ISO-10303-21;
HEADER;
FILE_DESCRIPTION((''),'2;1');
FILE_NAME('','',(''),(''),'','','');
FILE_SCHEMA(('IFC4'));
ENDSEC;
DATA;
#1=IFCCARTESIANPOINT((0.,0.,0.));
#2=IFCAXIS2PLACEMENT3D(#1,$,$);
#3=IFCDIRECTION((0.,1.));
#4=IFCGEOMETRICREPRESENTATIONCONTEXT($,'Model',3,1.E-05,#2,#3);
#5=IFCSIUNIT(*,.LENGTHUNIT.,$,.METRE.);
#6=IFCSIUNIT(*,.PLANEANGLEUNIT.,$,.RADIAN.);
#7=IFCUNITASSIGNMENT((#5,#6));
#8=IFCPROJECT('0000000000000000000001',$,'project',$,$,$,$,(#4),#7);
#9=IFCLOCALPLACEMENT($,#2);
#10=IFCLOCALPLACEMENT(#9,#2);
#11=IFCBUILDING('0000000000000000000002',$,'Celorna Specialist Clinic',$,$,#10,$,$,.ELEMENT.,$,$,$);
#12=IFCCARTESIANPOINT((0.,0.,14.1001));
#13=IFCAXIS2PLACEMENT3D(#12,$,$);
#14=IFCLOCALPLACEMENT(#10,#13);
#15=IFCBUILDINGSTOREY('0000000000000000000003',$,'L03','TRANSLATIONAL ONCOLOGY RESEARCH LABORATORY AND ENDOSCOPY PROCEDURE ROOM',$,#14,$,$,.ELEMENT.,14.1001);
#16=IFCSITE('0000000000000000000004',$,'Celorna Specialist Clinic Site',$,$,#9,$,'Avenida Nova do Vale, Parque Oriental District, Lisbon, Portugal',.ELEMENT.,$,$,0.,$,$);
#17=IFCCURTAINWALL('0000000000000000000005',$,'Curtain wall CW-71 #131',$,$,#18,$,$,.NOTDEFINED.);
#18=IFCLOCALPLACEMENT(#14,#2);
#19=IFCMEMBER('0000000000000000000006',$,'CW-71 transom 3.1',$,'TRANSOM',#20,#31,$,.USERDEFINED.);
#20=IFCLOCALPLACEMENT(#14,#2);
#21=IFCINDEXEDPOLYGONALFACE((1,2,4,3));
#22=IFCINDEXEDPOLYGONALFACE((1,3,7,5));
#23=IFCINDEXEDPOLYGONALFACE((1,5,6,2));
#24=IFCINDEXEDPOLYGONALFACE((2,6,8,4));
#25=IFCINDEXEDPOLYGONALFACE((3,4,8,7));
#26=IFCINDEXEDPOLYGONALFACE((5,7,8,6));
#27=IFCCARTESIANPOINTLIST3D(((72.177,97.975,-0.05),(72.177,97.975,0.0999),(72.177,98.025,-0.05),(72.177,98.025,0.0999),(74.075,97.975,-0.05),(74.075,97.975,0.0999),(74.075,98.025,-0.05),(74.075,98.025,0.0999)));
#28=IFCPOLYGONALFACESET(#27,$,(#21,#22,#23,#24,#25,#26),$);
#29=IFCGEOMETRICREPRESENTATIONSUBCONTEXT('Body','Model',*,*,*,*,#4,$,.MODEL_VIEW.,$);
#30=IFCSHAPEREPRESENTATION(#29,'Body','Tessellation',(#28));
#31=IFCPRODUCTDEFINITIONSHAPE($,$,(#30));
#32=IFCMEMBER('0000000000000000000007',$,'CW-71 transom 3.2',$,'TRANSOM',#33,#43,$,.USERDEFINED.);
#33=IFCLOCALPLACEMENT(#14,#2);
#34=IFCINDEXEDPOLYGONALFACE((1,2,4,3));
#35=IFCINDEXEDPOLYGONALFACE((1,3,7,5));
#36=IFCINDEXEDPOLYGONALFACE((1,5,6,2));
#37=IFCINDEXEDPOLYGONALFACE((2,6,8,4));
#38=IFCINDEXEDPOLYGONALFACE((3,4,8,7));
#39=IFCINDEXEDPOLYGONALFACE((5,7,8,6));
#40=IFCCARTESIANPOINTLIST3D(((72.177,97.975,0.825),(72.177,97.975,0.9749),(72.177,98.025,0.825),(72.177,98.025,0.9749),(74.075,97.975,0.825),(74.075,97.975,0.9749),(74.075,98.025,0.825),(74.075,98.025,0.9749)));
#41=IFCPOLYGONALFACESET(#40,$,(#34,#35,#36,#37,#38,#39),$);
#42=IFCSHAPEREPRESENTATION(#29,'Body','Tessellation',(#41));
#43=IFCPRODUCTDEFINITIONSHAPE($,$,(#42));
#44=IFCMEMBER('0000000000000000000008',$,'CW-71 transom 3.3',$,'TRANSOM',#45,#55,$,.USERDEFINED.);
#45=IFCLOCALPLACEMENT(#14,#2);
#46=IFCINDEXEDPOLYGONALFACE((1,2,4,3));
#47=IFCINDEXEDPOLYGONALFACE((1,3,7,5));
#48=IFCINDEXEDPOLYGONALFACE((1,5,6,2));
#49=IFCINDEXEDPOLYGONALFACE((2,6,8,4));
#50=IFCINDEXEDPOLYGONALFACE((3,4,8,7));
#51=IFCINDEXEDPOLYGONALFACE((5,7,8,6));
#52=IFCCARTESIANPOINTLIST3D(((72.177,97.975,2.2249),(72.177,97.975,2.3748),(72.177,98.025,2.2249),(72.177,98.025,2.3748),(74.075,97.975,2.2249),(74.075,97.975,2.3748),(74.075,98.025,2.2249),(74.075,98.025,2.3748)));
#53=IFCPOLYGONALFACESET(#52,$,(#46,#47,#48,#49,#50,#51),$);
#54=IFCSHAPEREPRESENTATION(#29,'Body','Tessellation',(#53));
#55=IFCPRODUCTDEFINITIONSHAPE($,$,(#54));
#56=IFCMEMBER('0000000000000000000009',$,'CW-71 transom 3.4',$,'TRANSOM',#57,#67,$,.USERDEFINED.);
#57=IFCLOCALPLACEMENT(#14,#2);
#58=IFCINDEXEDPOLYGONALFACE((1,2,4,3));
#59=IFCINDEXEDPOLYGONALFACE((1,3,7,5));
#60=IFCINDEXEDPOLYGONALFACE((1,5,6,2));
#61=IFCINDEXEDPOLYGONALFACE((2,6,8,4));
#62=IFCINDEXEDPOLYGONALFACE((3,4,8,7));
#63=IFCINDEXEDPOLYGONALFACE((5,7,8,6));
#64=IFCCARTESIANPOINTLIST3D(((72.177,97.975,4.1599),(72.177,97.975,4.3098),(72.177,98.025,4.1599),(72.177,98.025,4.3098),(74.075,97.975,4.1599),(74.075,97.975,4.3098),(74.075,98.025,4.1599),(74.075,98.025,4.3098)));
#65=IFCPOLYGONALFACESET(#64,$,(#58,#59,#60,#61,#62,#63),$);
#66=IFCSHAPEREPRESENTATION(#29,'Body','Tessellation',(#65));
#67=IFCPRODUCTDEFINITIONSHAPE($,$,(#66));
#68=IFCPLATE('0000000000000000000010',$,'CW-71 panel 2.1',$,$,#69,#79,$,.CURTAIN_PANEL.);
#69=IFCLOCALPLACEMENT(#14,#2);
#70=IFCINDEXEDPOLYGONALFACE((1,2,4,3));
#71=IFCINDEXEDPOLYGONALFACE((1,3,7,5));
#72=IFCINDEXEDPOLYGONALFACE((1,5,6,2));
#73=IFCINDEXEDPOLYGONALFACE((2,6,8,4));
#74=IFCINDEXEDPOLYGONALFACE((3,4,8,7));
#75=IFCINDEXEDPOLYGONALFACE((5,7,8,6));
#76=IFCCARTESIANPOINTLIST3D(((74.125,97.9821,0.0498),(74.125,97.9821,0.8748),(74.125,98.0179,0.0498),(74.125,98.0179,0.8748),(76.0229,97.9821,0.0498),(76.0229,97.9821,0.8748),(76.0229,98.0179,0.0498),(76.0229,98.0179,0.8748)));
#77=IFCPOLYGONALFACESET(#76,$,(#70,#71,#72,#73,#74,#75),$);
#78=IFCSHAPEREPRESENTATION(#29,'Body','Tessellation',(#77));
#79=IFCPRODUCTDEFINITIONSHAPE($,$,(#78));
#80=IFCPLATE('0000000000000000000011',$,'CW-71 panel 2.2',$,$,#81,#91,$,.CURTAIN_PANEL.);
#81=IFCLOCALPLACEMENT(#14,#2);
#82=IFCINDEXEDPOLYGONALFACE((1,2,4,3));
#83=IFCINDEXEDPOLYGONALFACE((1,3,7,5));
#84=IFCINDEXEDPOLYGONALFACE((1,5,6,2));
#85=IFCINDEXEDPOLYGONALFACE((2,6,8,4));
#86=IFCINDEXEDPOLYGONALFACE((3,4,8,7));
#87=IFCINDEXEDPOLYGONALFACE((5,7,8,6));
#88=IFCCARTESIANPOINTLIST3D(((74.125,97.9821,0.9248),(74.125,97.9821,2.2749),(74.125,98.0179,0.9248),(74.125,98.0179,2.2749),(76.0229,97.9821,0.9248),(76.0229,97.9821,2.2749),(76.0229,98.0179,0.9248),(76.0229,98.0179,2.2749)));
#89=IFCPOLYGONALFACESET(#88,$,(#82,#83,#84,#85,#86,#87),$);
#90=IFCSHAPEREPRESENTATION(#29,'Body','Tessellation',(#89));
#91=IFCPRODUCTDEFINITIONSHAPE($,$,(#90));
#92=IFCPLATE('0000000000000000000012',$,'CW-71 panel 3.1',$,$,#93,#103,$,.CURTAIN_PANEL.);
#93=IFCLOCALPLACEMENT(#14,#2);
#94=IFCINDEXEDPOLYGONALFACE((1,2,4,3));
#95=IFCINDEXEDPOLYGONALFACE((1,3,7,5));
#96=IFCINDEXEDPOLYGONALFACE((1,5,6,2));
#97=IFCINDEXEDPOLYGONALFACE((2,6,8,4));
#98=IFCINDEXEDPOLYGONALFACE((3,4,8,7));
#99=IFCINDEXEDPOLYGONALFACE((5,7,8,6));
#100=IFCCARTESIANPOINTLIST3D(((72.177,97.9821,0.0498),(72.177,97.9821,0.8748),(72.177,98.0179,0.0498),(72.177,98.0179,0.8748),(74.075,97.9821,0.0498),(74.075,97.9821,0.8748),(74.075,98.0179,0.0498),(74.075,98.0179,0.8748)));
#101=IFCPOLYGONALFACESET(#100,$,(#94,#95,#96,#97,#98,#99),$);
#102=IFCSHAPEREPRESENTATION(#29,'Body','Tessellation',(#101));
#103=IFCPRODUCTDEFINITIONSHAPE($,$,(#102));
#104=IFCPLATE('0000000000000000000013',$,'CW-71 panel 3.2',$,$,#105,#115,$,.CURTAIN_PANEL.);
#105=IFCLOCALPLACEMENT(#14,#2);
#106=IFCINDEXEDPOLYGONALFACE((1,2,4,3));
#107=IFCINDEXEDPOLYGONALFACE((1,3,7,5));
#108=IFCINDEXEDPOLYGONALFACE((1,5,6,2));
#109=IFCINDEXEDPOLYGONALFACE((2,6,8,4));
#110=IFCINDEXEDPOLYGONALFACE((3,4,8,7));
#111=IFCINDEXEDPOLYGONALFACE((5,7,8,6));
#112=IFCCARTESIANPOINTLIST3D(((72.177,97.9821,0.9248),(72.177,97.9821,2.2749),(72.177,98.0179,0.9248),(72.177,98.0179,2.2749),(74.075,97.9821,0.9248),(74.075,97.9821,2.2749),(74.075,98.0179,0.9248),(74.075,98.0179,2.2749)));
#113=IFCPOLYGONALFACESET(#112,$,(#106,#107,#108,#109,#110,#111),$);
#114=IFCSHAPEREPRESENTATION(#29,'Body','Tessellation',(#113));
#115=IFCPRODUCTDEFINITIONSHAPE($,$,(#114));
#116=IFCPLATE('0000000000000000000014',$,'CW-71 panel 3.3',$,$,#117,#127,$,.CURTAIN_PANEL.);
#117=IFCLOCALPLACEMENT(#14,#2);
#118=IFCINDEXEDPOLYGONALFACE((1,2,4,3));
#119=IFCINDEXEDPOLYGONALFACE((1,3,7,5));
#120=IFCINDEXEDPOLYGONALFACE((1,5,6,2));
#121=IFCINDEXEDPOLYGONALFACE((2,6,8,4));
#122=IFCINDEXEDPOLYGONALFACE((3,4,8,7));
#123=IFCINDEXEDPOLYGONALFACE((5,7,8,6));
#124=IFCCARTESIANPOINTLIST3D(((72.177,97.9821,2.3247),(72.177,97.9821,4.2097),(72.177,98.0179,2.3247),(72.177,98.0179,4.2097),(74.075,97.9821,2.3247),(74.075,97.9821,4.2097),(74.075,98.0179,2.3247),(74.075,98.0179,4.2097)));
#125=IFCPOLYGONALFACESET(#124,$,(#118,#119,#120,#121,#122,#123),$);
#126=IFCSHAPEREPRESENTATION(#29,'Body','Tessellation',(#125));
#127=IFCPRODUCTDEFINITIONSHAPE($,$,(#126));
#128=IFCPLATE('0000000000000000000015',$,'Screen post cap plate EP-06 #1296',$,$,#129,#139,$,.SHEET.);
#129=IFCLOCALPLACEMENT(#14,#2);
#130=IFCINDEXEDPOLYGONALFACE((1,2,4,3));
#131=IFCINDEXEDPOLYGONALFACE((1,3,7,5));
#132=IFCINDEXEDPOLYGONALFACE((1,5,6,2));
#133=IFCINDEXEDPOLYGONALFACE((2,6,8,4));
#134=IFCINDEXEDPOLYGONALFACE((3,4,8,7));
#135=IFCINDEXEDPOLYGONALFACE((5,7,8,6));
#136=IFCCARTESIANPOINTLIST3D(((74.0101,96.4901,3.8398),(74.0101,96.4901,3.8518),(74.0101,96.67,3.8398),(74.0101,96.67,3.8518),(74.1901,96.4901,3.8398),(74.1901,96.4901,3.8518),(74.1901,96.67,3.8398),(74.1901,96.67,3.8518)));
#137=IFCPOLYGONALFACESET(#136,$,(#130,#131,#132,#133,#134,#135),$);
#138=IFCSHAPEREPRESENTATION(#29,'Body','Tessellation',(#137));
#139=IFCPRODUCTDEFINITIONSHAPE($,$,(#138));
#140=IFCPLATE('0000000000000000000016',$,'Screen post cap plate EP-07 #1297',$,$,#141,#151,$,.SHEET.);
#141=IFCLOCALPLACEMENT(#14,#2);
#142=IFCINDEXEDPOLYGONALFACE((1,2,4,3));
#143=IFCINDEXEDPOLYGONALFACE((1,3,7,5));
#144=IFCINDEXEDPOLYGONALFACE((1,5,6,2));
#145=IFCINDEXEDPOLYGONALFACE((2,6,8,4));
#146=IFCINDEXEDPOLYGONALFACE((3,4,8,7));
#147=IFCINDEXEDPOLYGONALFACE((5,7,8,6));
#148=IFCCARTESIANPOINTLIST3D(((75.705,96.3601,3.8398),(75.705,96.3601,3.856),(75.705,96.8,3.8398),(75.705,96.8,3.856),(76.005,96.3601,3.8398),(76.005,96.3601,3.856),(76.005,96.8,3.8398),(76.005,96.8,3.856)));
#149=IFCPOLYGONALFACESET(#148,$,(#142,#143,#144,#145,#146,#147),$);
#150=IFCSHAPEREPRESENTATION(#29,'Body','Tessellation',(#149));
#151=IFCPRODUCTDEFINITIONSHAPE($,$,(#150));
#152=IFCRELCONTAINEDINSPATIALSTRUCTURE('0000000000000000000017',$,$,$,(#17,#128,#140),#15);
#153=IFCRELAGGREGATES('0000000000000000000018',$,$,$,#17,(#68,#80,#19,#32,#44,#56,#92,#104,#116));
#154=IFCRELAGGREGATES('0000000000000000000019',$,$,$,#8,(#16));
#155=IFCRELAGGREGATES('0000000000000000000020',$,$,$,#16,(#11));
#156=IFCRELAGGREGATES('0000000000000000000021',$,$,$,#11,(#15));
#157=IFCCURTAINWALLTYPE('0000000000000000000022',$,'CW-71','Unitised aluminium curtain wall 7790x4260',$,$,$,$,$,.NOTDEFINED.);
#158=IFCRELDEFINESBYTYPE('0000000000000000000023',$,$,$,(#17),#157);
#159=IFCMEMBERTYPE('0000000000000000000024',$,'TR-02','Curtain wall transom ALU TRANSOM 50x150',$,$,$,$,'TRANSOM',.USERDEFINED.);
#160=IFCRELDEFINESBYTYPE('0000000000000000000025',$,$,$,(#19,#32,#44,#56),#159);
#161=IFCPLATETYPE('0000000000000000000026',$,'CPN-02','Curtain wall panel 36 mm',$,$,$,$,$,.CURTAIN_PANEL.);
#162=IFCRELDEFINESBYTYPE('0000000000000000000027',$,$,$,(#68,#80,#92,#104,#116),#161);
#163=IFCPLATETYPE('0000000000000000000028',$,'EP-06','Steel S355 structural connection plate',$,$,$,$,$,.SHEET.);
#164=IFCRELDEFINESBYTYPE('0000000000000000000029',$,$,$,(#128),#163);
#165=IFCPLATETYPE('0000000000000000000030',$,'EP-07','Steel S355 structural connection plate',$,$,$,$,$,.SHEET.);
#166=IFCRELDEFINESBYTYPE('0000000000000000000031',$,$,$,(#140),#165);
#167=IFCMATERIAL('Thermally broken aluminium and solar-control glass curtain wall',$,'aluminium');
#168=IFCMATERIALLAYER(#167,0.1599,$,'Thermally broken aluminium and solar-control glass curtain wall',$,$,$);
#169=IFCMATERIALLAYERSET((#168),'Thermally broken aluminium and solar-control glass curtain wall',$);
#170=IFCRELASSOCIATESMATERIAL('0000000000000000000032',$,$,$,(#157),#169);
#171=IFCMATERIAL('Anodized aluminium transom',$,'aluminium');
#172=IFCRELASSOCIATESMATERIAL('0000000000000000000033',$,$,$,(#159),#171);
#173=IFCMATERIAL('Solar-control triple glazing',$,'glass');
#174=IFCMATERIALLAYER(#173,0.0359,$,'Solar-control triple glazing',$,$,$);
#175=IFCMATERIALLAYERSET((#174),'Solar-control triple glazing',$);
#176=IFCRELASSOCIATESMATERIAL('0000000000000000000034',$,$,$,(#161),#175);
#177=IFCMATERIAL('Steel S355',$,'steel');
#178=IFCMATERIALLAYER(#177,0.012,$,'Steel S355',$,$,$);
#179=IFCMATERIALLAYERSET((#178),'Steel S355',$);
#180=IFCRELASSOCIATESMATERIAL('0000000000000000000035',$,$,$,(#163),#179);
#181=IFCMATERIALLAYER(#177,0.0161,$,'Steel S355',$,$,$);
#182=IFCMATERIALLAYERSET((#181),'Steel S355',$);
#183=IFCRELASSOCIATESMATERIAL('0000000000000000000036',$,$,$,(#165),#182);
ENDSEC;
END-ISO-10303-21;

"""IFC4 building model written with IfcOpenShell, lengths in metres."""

from ifc_helpers import new_model, si_unit, direction, frame, origin, origin_2d, place, context, subcontext, project, spatial, rectangle, extrude, material, layer, layer_set, material_profile, profile_set, type_object, element, aggregate, save


model = new_model("IFC4")

# Units and contexts
model_context = context("Model", 3, precision=1e-05, world=origin(), true_north=direction((0.0, 1.0)))
body_context = subcontext(model_context, "Body", "Model", "MODEL_VIEW")
ifc_project = project(units=[si_unit("LENGTHUNIT", "METRE"), si_unit("PLANEANGLEUNIT", "RADIAN")], contexts=[model_context])

# Site, building, storey
site_placement = place(None, origin())
site = spatial("IfcSite", under=ifc_project, at=site_placement, Name="Celorna Specialist Clinic Site", LongName="Avenida Nova do Vale, Parque Oriental District, Lisbon, Portugal", CompositionType="ELEMENT", RefElevation=0.0)
building_placement = place(site_placement, origin())
building = spatial("IfcBuilding", under=site, at=building_placement, Name="Celorna Specialist Clinic", CompositionType="ELEMENT")
storey_placement = place(building_placement, frame((0.0, 0.0, 14.1001)))
storey = spatial("IfcBuildingStorey", under=building, at=storey_placement, Name="L03", Description="TRANSLATIONAL ONCOLOGY RESEARCH LABORATORY AND ENDOSCOPY PROCEDURE ROOM", CompositionType="ELEMENT", Elevation=14.1001)

# Shared definitions
ifc_material_1 = material(Name="Steel S355", Category="steel")

# Curtain wall, members, plates
ifc_material_2 = material(Name="Thermally broken aluminium and solar-control glass curtain wall", Category="aluminium")
ifc_layer_1 = layer(ifc_material_2, 0.1599, Name="Thermally broken aluminium and solar-control glass curtain wall")
ifc_layer_set_1 = layer_set([ifc_layer_1], Name="Thermally broken aluminium and solar-control glass curtain wall")
curtain_wall_type = type_object("IfcCurtainWallType", Name="CW-71", Description="Unitised aluminium curtain wall 7790x4260", PredefinedType="NOTDEFINED", material=ifc_layer_set_1)
curtain_wall_placement = place(storey_placement, origin())
curtain_wall = element("IfcCurtainWall", 1, at=curtain_wall_placement, inside=storey, type_object=curtain_wall_type, Name="Curtain wall CW-71 #131", PredefinedType="NOTDEFINED")
ifc_material_3 = material(Name="Anodized aluminium transom", Category="aluminium")
ifc_material_profile_1 = material_profile(ifc_material_3, rectangle(XDim=0.05, YDim=0.1499, at=origin_2d()), Name="ALU TRANSOM 50x150")
ifc_profile_set_1 = profile_set([ifc_material_profile_1], Name="Anodized aluminium transom")
member_type_1 = type_object("IfcMemberType", Name="TR-02", Description="Curtain wall transom ALU TRANSOM 50x150", ElementType="TRANSOM", PredefinedType="USERDEFINED", material=ifc_profile_set_1)
member_1_placement = place(storey_placement, frame((74.075, 98.0, 0.0249), z_axis=(-1.0, 0.0, 0.0), x_axis=(0.0, -1.0, 0.0)))
member_1 = element("IfcMember", 2, at=member_1_placement, type_object=member_type_1, Name="CW-71 transom 3.1", ObjectType="TRANSOM", PredefinedType="USERDEFINED", context=body_context, shape_type="SweptSolid", body=[
    extrude(rectangle(XDim=0.05, YDim=0.1499, at=origin_2d()), origin(), (0.0, 0.0, 1.0), 1.8979),
])
member_2_placement = place(storey_placement, frame((74.075, 98.0, 0.8999), z_axis=(-1.0, 0.0, 0.0), x_axis=(0.0, -1.0, 0.0)))
member_2 = element("IfcMember", 3, at=member_2_placement, type_object=member_type_1, Name="CW-71 transom 3.2", ObjectType="TRANSOM", PredefinedType="USERDEFINED", context=body_context, shape_type="SweptSolid", body=[
    extrude(rectangle(XDim=0.05, YDim=0.1499, at=origin_2d()), origin(), (0.0, 0.0, 1.0), 1.8979),
])
member_3_placement = place(storey_placement, frame((74.075, 98.0, 2.2998), z_axis=(-1.0, 0.0, 0.0), x_axis=(0.0, -1.0, 0.0)))
member_3 = element("IfcMember", 4, at=member_3_placement, type_object=member_type_1, Name="CW-71 transom 3.3", ObjectType="TRANSOM", PredefinedType="USERDEFINED", context=body_context, shape_type="SweptSolid", body=[
    extrude(rectangle(XDim=0.05, YDim=0.1499, at=origin_2d()), origin(), (0.0, 0.0, 1.0), 1.8979),
])
member_4_placement = place(storey_placement, frame((74.075, 98.0, 4.2349), z_axis=(-1.0, 0.0, 0.0), x_axis=(0.0, -1.0, 0.0)))
member_4 = element("IfcMember", 5, at=member_4_placement, type_object=member_type_1, Name="CW-71 transom 3.4", ObjectType="TRANSOM", PredefinedType="USERDEFINED", context=body_context, shape_type="SweptSolid", body=[
    extrude(rectangle(XDim=0.05, YDim=0.1499, at=origin_2d()), origin(), (0.0, 0.0, 1.0), 1.8979),
])
ifc_material_4 = material(Name="Solar-control triple glazing", Category="glass")
ifc_layer_2 = layer(ifc_material_4, 0.0359, Name="Solar-control triple glazing")
ifc_layer_set_2 = layer_set([ifc_layer_2], Name="Solar-control triple glazing")
plate_type_1 = type_object("IfcPlateType", Name="CPN-02", Description="Curtain wall panel 36 mm", PredefinedType="CURTAIN_PANEL", material=ifc_layer_set_2)
plate_1_placement = place(storey_placement, frame((75.074, 98.0, 0.0498), z_axis=(0.0, 0.0, 1.0), x_axis=(-1.0, 0.0, 0.0)))
plate_1 = element("IfcPlate", 6, at=plate_1_placement, type_object=plate_type_1, Name="CW-71 panel 2.1", PredefinedType="CURTAIN_PANEL", context=body_context, shape_type="SweptSolid", body=[
    extrude(rectangle(XDim=1.8979, YDim=0.0359, at=origin_2d()), origin(), (0.0, 0.0, 1.0), 0.825),
])
plate_2_placement = place(storey_placement, frame((75.074, 98.0, 0.9248), z_axis=(0.0, 0.0, 1.0), x_axis=(-1.0, 0.0, 0.0)))
plate_2 = element("IfcPlate", 7, at=plate_2_placement, type_object=plate_type_1, Name="CW-71 panel 2.2", PredefinedType="CURTAIN_PANEL", context=body_context, shape_type="SweptSolid", body=[
    extrude(rectangle(XDim=1.8979, YDim=0.0359, at=origin_2d()), origin(), (0.0, 0.0, 1.0), 1.3501),
])
plate_3_placement = place(storey_placement, frame((73.126, 98.0, 0.0498), z_axis=(0.0, 0.0, 1.0), x_axis=(-1.0, 0.0, 0.0)))
plate_3 = element("IfcPlate", 8, at=plate_3_placement, type_object=plate_type_1, Name="CW-71 panel 3.1", PredefinedType="CURTAIN_PANEL", context=body_context, shape_type="SweptSolid", body=[
    extrude(rectangle(XDim=1.8979, YDim=0.0359, at=origin_2d()), origin(), (0.0, 0.0, 1.0), 0.825),
])
plate_4_placement = place(storey_placement, frame((73.126, 98.0, 0.9248), z_axis=(0.0, 0.0, 1.0), x_axis=(-1.0, 0.0, 0.0)))
plate_4 = element("IfcPlate", 9, at=plate_4_placement, type_object=plate_type_1, Name="CW-71 panel 3.2", PredefinedType="CURTAIN_PANEL", context=body_context, shape_type="SweptSolid", body=[
    extrude(rectangle(XDim=1.8979, YDim=0.0359, at=origin_2d()), origin(), (0.0, 0.0, 1.0), 1.3501),
])
plate_5_placement = place(storey_placement, frame((73.126, 98.0, 2.3247), z_axis=(0.0, 0.0, 1.0), x_axis=(-1.0, 0.0, 0.0)))
plate_5 = element("IfcPlate", 10, at=plate_5_placement, type_object=plate_type_1, Name="CW-71 panel 3.3", PredefinedType="CURTAIN_PANEL", context=body_context, shape_type="SweptSolid", body=[
    extrude(rectangle(XDim=1.8979, YDim=0.0359, at=origin_2d()), origin(), (0.0, 0.0, 1.0), 1.885),
])
aggregate(curtain_wall, [plate_1, plate_2, member_1, member_2, member_3, member_4, plate_3, plate_4, plate_5])

# Plates
ifc_layer_3 = layer(ifc_material_1, 0.012, Name="Steel S355")
ifc_layer_set_3 = layer_set([ifc_layer_3], Name="Steel S355")
plate_type_2 = type_object("IfcPlateType", Name="EP-06", Description="Steel S355 structural connection plate", PredefinedType="SHEET", material=ifc_layer_set_3)
plate_6_placement = place(storey_placement, frame((74.1001, 96.5801, 3.8398), z_axis=(0.0, 0.0, 1.0), x_axis=(1.0, 0.0, 0.0)))
element("IfcPlate", 11, at=plate_6_placement, inside=storey, type_object=plate_type_2, Name="Screen post cap plate EP-06 #1296", PredefinedType="SHEET", context=body_context, shape_type="SweptSolid", body=[
    extrude(rectangle(XDim=0.1799, YDim=0.1799, at=origin_2d()), origin(), (0.0, 0.0, 1.0), 0.012),
])
ifc_layer_4 = layer(ifc_material_1, 0.0161, Name="Steel S355")
ifc_layer_set_4 = layer_set([ifc_layer_4], Name="Steel S355")
plate_type_3 = type_object("IfcPlateType", Name="EP-07", Description="Steel S355 structural connection plate", PredefinedType="SHEET", material=ifc_layer_set_4)
plate_7_placement = place(storey_placement, frame((75.855, 96.5801, 3.8398), z_axis=(0.0, 0.0, 1.0), x_axis=(1.0, 0.0, 0.0)))
element("IfcPlate", 12, at=plate_7_placement, inside=storey, type_object=plate_type_3, Name="Screen post cap plate EP-07 #1297", PredefinedType="SHEET", context=body_context, shape_type="SweptSolid", body=[
    extrude(rectangle(XDim=0.3, YDim=0.4399, at=origin_2d()), origin(), (0.0, 0.0, 1.0), 0.0161),
])

save(model, "model.ifc")
